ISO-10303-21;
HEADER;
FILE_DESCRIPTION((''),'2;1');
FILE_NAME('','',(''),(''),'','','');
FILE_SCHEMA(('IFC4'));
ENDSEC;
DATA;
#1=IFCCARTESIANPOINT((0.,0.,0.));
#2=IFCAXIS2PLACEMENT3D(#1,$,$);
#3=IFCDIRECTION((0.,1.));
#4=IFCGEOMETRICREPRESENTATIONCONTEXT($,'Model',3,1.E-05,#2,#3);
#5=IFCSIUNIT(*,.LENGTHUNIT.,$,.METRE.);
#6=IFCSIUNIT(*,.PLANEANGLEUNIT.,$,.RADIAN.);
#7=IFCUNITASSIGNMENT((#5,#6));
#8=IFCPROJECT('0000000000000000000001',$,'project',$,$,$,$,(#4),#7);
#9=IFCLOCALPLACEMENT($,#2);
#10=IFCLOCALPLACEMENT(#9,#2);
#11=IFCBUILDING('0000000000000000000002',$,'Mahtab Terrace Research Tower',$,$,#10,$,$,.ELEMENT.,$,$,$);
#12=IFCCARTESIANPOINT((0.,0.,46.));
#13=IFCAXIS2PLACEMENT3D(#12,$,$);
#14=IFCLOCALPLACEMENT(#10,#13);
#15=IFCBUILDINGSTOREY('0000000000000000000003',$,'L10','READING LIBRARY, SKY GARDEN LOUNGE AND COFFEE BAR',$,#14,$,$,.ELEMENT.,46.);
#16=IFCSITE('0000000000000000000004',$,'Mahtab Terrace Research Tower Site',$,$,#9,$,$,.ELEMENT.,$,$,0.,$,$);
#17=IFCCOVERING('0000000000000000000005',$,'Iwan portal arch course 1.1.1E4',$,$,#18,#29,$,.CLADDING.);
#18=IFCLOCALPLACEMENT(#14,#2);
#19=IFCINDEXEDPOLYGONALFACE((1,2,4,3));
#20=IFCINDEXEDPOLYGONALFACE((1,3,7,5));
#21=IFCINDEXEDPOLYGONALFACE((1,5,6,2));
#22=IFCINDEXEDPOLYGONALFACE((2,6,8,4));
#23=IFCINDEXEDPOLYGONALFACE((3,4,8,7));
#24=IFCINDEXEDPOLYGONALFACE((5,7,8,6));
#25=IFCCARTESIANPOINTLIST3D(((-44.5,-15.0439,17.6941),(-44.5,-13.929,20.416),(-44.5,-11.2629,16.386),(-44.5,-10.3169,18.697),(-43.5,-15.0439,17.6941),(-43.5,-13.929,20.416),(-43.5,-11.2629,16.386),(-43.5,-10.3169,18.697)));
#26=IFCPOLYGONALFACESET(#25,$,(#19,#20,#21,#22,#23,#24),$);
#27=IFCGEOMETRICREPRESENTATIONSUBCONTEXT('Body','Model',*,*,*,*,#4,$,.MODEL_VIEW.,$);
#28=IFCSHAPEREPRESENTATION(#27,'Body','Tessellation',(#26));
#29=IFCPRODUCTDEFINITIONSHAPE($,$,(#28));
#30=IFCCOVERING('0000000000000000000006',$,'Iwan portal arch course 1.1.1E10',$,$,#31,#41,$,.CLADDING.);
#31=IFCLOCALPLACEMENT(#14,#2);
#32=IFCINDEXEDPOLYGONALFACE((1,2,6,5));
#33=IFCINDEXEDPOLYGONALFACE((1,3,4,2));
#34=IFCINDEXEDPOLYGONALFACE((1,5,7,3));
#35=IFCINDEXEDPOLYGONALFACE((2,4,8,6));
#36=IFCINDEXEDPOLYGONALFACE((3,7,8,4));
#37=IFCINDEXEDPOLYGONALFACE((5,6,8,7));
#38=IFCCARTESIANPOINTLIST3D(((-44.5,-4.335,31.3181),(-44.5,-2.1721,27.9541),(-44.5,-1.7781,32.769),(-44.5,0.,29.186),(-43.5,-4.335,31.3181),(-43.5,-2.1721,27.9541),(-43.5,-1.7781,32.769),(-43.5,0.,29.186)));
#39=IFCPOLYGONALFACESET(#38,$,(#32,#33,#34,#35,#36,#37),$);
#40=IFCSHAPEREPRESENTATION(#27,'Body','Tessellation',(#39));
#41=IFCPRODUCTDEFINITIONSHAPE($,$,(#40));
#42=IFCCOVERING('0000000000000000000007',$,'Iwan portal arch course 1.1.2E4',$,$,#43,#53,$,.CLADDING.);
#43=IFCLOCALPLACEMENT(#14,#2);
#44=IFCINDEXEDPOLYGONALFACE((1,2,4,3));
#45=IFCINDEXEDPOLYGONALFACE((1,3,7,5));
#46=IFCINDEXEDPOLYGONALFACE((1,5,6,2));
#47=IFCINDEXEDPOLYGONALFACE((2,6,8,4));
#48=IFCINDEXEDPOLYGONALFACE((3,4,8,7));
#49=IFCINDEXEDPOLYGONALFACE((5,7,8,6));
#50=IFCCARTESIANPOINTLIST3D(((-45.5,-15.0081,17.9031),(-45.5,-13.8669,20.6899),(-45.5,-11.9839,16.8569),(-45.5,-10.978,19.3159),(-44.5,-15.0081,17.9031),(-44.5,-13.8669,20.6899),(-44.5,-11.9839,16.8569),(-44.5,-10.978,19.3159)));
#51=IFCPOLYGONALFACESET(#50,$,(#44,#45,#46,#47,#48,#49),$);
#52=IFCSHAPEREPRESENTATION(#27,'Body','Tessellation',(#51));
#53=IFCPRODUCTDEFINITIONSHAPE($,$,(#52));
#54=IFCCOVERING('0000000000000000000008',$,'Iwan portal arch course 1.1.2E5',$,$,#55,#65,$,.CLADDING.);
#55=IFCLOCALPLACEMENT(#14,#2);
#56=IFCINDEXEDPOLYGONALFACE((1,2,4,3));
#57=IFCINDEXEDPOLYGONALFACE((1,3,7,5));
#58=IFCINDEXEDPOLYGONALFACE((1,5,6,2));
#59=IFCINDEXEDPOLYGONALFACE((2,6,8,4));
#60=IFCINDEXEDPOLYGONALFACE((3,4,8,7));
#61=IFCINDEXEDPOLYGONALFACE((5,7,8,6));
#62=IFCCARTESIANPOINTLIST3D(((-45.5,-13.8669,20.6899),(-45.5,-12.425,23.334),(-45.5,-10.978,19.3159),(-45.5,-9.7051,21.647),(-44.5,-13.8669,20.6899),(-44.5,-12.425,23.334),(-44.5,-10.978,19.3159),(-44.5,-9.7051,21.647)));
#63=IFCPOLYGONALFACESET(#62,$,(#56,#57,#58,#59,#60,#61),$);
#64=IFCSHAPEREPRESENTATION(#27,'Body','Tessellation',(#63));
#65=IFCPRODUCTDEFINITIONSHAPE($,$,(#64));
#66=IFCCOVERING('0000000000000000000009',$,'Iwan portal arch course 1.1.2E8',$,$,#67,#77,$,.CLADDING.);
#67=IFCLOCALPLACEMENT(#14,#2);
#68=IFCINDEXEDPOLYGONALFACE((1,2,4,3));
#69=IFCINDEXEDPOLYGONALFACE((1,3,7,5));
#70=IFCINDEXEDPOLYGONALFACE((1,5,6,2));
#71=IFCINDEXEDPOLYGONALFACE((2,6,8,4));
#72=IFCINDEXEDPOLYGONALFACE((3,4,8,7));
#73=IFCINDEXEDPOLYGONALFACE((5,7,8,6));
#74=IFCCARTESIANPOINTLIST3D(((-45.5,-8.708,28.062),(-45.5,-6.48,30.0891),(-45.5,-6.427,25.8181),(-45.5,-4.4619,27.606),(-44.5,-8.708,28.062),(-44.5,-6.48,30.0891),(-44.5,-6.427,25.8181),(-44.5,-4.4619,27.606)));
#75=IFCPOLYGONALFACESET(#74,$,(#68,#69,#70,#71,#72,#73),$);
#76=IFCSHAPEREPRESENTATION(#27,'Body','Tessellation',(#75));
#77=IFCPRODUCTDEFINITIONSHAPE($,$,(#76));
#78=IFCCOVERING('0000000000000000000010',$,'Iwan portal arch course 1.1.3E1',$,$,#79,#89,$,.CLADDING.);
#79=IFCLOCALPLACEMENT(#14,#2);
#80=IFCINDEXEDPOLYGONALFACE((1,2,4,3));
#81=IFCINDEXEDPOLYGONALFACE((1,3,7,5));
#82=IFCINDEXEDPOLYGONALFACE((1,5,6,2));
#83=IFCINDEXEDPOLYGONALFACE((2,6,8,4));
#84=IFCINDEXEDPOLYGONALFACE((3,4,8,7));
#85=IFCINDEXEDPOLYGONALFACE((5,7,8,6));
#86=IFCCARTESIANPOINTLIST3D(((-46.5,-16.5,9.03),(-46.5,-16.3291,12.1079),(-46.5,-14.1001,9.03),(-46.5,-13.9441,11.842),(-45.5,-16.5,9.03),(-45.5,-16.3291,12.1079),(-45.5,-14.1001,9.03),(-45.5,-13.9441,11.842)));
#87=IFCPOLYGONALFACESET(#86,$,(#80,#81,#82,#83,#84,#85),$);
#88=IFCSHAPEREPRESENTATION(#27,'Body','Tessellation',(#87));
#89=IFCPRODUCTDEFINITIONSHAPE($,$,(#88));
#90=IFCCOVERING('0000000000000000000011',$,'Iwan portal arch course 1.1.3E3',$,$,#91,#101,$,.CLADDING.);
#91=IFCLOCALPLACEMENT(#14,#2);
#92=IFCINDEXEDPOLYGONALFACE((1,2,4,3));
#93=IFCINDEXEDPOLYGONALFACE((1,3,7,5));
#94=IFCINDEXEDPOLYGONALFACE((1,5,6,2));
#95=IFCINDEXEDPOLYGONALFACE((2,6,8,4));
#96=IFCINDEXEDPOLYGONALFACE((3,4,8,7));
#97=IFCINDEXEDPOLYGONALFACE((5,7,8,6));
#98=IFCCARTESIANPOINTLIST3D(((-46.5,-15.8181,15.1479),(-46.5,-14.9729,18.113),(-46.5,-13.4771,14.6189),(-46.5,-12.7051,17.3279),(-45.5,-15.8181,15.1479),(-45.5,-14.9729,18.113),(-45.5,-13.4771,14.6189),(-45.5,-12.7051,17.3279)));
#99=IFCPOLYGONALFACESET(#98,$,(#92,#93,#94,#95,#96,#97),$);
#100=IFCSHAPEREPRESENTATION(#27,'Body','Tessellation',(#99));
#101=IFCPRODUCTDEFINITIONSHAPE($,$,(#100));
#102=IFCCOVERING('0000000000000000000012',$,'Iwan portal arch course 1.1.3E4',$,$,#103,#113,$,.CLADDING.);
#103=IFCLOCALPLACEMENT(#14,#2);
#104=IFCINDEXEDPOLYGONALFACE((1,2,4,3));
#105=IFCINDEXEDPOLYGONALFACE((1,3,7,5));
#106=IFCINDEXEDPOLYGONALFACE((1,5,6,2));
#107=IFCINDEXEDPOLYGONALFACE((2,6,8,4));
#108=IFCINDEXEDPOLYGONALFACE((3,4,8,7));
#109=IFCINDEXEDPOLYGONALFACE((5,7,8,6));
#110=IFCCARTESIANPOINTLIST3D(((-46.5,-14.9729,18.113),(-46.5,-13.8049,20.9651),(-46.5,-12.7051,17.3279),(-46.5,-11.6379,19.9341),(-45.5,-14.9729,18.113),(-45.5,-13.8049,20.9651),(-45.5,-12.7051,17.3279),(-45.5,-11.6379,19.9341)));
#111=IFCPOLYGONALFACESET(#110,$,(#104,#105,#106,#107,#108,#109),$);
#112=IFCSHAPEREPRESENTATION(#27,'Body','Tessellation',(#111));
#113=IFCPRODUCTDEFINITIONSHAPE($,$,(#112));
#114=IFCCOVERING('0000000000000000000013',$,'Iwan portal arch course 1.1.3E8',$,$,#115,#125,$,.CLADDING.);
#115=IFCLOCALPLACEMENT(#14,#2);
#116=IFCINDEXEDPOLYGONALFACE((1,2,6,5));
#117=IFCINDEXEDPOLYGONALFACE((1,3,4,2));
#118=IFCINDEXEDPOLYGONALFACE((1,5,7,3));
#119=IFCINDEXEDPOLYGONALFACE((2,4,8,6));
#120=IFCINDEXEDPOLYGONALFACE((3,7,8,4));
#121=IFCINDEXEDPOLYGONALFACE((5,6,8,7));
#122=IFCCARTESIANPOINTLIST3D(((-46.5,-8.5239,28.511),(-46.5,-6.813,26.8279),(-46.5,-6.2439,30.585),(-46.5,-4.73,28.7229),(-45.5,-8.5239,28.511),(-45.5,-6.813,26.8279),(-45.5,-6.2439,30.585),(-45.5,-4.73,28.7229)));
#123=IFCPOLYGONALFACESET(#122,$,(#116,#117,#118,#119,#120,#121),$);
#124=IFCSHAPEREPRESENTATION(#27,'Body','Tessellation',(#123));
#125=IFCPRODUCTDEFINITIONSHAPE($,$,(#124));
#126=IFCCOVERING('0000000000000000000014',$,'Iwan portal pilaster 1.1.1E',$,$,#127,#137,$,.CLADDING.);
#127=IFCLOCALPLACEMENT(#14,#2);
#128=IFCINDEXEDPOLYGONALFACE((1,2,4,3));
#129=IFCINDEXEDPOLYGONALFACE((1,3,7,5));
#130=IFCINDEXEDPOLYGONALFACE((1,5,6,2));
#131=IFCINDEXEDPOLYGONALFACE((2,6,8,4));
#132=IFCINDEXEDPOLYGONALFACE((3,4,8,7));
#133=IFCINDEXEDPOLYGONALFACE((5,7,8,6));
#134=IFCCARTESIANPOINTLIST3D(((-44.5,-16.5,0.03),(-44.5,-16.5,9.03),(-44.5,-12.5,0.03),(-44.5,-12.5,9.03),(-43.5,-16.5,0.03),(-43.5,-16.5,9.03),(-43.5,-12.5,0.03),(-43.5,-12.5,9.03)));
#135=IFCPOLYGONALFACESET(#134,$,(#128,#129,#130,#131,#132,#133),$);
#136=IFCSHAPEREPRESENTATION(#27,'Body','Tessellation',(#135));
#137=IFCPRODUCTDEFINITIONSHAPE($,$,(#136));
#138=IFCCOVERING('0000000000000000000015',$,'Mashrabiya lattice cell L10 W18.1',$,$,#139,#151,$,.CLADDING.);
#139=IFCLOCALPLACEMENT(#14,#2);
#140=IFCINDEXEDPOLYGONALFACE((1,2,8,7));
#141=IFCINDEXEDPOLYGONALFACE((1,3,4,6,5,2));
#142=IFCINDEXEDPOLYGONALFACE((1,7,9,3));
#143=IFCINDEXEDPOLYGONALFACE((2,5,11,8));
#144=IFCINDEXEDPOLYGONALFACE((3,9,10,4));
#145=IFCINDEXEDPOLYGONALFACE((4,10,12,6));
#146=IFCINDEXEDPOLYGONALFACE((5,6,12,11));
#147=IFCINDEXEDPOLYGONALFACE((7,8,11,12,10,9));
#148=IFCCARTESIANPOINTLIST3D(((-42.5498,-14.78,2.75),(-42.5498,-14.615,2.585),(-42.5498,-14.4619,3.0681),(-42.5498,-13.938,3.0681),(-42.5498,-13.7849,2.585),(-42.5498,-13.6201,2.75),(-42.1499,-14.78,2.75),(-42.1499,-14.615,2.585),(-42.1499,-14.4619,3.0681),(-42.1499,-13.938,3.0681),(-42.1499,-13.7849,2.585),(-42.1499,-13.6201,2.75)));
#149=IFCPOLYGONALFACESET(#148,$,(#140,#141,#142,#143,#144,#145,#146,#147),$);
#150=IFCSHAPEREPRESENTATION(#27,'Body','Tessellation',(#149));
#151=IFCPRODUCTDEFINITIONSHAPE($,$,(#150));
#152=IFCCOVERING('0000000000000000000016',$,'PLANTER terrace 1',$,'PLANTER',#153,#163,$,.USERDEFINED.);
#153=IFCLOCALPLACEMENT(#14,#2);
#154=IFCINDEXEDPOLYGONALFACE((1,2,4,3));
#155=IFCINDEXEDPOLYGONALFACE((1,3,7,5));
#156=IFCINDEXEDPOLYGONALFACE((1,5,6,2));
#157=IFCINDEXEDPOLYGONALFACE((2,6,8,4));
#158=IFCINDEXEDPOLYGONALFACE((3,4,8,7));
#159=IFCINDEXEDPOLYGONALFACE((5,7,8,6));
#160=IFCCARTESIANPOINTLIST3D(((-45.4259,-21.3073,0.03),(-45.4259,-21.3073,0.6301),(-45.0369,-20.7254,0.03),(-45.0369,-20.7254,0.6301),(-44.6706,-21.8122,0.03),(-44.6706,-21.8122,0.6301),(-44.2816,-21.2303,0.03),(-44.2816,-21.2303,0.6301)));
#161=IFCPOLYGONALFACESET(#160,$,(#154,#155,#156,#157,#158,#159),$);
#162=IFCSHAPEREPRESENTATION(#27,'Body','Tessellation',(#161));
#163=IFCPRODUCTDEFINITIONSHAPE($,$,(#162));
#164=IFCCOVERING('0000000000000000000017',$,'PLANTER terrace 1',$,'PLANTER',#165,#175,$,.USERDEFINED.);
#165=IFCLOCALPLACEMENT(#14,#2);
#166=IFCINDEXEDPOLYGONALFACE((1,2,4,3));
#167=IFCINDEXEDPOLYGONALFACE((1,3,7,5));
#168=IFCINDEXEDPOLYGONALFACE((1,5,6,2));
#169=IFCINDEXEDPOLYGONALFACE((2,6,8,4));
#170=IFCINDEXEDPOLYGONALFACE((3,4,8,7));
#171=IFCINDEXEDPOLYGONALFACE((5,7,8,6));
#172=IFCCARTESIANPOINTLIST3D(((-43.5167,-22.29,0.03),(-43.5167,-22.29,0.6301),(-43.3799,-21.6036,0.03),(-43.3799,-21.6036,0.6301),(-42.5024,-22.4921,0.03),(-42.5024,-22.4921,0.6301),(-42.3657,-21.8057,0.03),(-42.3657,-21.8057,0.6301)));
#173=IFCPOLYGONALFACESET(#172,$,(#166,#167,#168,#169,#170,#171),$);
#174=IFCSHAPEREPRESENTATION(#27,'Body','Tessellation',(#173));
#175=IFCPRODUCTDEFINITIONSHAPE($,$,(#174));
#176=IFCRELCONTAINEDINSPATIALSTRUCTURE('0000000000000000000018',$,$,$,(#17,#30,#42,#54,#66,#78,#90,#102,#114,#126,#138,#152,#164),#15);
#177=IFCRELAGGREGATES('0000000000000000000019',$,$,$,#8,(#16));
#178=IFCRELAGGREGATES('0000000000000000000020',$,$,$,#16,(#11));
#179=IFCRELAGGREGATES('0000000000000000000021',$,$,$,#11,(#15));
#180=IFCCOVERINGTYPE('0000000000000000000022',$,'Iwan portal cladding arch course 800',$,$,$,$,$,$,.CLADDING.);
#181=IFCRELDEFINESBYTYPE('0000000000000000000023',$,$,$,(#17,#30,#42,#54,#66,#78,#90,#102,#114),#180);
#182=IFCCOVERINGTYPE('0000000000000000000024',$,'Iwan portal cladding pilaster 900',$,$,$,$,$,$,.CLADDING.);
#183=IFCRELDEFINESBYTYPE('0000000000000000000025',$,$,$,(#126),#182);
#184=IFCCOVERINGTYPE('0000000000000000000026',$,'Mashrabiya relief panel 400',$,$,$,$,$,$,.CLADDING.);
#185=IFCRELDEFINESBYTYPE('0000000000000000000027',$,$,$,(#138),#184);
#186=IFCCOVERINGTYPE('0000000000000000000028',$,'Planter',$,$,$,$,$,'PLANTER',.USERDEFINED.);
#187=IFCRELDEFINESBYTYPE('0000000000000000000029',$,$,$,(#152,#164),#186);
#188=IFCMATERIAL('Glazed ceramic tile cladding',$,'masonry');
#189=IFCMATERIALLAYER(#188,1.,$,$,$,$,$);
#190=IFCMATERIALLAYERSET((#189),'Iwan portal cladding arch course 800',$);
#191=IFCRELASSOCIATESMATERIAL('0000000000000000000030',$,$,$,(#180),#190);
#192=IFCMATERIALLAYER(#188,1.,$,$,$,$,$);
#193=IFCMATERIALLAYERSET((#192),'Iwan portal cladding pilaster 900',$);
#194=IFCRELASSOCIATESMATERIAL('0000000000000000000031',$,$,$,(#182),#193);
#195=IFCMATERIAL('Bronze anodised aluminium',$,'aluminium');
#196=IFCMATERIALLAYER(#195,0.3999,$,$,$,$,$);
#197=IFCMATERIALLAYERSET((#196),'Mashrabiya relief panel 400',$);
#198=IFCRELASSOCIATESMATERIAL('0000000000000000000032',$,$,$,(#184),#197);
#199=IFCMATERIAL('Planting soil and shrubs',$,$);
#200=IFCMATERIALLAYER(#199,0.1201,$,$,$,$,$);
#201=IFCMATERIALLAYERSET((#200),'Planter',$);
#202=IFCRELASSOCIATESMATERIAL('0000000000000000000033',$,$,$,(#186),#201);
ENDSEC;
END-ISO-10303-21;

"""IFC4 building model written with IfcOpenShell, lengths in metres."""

from ifc_helpers import new_model, si_unit, direction, frame, origin, origin_2d, place, context, subcontext, project, spatial, polyline, rectangle, outline, extrude, material, layer, layer_set, type_object, element, save


model = new_model("IFC4")

# Units and contexts
model_context = context("Model", 3, precision=1e-05, world=origin(), true_north=direction((0.0, 1.0)))
body_context = subcontext(model_context, "Body", "Model", "MODEL_VIEW")
ifc_project = project(units=[si_unit("LENGTHUNIT", "METRE"), si_unit("PLANEANGLEUNIT", "RADIAN")], contexts=[model_context])

# Site, building, storey
site_placement = place(None, origin())
site = spatial("IfcSite", under=ifc_project, at=site_placement, Name="Mahtab Terrace Research Tower Site", CompositionType="ELEMENT", RefElevation=0.0)
building_placement = place(site_placement, origin())
building = spatial("IfcBuilding", under=site, at=building_placement, Name="Mahtab Terrace Research Tower", CompositionType="ELEMENT")
storey_placement = place(building_placement, frame((0.0, 0.0, 46.0)))
storey = spatial("IfcBuildingStorey", under=building, at=storey_placement, Name="L10", Description="READING LIBRARY, SKY GARDEN LOUNGE AND COFFEE BAR", CompositionType="ELEMENT", Elevation=46.0)

# Coverings
ifc_material_1 = material(Name="Glazed ceramic tile cladding", Category="masonry")
ifc_layer_1 = layer(ifc_material_1, 1.0)
ifc_layer_set_1 = layer_set([ifc_layer_1], Name="Iwan portal cladding arch course 800")
covering_type_1 = type_object("IfcCoveringType", Name="Iwan portal cladding arch course 800", PredefinedType="CLADDING", material=ifc_layer_set_1)
covering_1_placement = place(storey_placement, frame((-43.5, -11.2629, 16.386), z_axis=(1.0, 0.0, 0.0), x_axis=(0.0, 0.378846, 0.92546)))
element("IfcCovering", 1, at=covering_1_placement, inside=storey, type_object=covering_type_1, Name="Iwan portal arch course 1.1.1E4", PredefinedType="CLADDING", context=body_context, shape_type="SweptSolid", body=[
    extrude(outline(polyline([(0.0, 0.0), (2.4972, 0.0), (2.7196, 3.9941), (-0.2218, 3.9947), (0.0, 0.0)])), origin(), (0.0, 0.0, -1.0), 1.0),
])
covering_2_placement = place(storey_placement, frame((-43.5, -2.1721, 27.9541), z_axis=(1.0, 0.0, 0.0), x_axis=(0.0, 0.869839, 0.493336)))
element("IfcCovering", 2, at=covering_2_placement, inside=storey, type_object=covering_type_1, Name="Iwan portal arch course 1.1.1E10", PredefinedType="CLADDING", context=body_context, shape_type="SweptSolid", body=[
    extrude(outline(polyline([(0.0, 0.0), (2.4972, 0.0), (2.7181, 3.9938), (-0.2217, 3.9932), (0.0, 0.0)])), origin(), (0.0, 0.0, -1.0), 1.0),
])
covering_3_placement = place(storey_placement, frame((-44.5, -11.9839, 16.8569), z_axis=(1.0, 0.0, 0.0), x_axis=(0.0, 0.378604, 0.925559)))
element("IfcCovering", 3, at=covering_3_placement, inside=storey, type_object=covering_type_1, Name="Iwan portal arch course 1.1.2E4", PredefinedType="CLADDING", context=body_context, shape_type="SweptSolid", body=[
    extrude(outline(polyline([(0.0, 0.0), (2.6568, 0.0), (2.8347, 3.1941), (-0.1767, 3.1951), (0.0, 0.0)])), origin(), (0.0, 0.0, -1.0), 1.0),
])
covering_4_placement = place(storey_placement, frame((-44.5, -10.978, 19.3159), z_axis=(1.0, 0.0, 0.0), x_axis=(0.0, 0.479277, 0.877664)))
element("IfcCovering", 4, at=covering_4_placement, inside=storey, type_object=covering_type_1, Name="Iwan portal arch course 1.1.2E5", PredefinedType="CLADDING", context=body_context, shape_type="SweptSolid", body=[
    extrude(outline(polyline([(0.0, 0.0), (2.656, 0.0), (2.833, 3.1958), (-0.1787, 3.194), (0.0, 0.0)])), origin(), (0.0, 0.0, -1.0), 1.0),
])
covering_5_placement = place(storey_placement, frame((-44.5, -6.427, 25.8181), z_axis=(1.0, 0.0, 0.0), x_axis=(0.0, 0.739678, 0.672961)))
element("IfcCovering", 5, at=covering_5_placement, inside=storey, type_object=covering_type_1, Name="Iwan portal arch course 1.1.2E8", PredefinedType="CLADDING", context=body_context, shape_type="SweptSolid", body=[
    extrude(outline(polyline([(0.0, 0.0), (2.6567, 0.0), (2.835, 3.1948), (-0.1772, 3.1948), (0.0, 0.0)])), origin(), (0.0, 0.0, -1.0), 1.0),
])
covering_6_placement = place(storey_placement, frame((-45.5, -14.1001, 9.03), z_axis=(1.0, 0.0, 0.0), x_axis=(0.0, 0.055393, 0.998465)))
element("IfcCovering", 6, at=covering_6_placement, inside=storey, type_object=covering_type_1, Name="Iwan portal arch course 1.1.3E1", PredefinedType="CLADDING", context=body_context, shape_type="SweptSolid", body=[
    extrude(outline(polyline([(0.0, 0.0), (2.8163, 0.0), (2.9497, 2.3961), (-0.1329, 2.3962), (0.0, 0.0)])), origin(), (0.0, 0.0, -1.0), 1.0),
])
covering_7_placement = place(storey_placement, frame((-45.5, -13.4771, 14.6189), z_axis=(1.0, 0.0, 0.0), x_axis=(0.0, 0.274057, 0.961713)))
element("IfcCovering", 7, at=covering_7_placement, inside=storey, type_object=covering_type_1, Name="Iwan portal arch course 1.1.3E3", PredefinedType="CLADDING", context=body_context, shape_type="SweptSolid", body=[
    extrude(outline(polyline([(0.0, 0.0), (2.8168, 0.0), (2.9504, 2.3962), (-0.1328, 2.3964), (0.0, 0.0)])), origin(), (0.0, 0.0, -1.0), 1.0),
])
covering_8_placement = place(storey_placement, frame((-45.5, -12.7051, 17.3279), z_axis=(1.0, 0.0, 0.0), x_axis=(0.0, 0.378927, 0.925427)))
element("IfcCovering", 8, at=covering_8_placement, inside=storey, type_object=covering_type_1, Name="Iwan portal arch course 1.1.3E4", PredefinedType="CLADDING", context=body_context, shape_type="SweptSolid", body=[
    extrude(outline(polyline([(0.0, 0.0), (2.8162, 0.0), (2.9492, 2.3961), (-0.1327, 2.3962), (0.0, 0.0)])), origin(), (0.0, 0.0, -1.0), 1.0),
])
covering_9_placement = place(storey_placement, frame((-45.5, -6.813, 26.8279), z_axis=(1.0, 0.0, 0.0), x_axis=(0.0, 0.739697, 0.67294)))
element("IfcCovering", 9, at=covering_9_placement, inside=storey, type_object=covering_type_1, Name="Iwan portal arch course 1.1.3E8", PredefinedType="CLADDING", context=body_context, shape_type="SweptSolid", body=[
    extrude(outline(polyline([(0.0, 0.0), (2.816, 0.0), (2.9492, 2.3961), (-0.1329, 2.3963), (0.0, 0.0)])), origin(), (0.0, 0.0, -1.0), 1.0),
])
ifc_layer_2 = layer(ifc_material_1, 1.0)
ifc_layer_set_2 = layer_set([ifc_layer_2], Name="Iwan portal cladding pilaster 900")
covering_type_2 = type_object("IfcCoveringType", Name="Iwan portal cladding pilaster 900", PredefinedType="CLADDING", material=ifc_layer_set_2)
covering_10_placement = place(storey_placement, frame((-44.0, -14.5, 0.03), z_axis=(0.0, 0.0, 1.0), x_axis=(0.0, -1.0, 0.0)))
element("IfcCovering", 10, at=covering_10_placement, inside=storey, type_object=covering_type_2, Name="Iwan portal pilaster 1.1.1E", PredefinedType="CLADDING", context=body_context, shape_type="SweptSolid", body=[
    extrude(rectangle(XDim=4.0, YDim=1.0, at=origin_2d()), origin(), (0.0, 0.0, 1.0), 9.0),
])
ifc_material_2 = material(Name="Bronze anodised aluminium", Category="aluminium")
ifc_layer_3 = layer(ifc_material_2, 0.3999)
ifc_layer_set_3 = layer_set([ifc_layer_3], Name="Mashrabiya relief panel 400")
covering_type_3 = type_object("IfcCoveringType", Name="Mashrabiya relief panel 400", PredefinedType="CLADDING", material=ifc_layer_set_3)
covering_11_placement = place(storey_placement, frame((-42.1499, -13.6201, 2.75), z_axis=(1.0, 0.0, 0.0), x_axis=(0.0, -0.706835, 0.707378)))
element("IfcCovering", 11, at=covering_11_placement, inside=storey, type_object=covering_type_3, Name="Mashrabiya lattice cell L10 W18.1", PredefinedType="CLADDING", context=body_context, shape_type="SweptSolid", body=[
    extrude(outline(polyline([(0.0, 0.0), (0.4497, 0.0), (0.82, 0.3706), (0.8199, 0.8205), (0.5865, 0.8204), (-0.0003, 0.2332), (0.0, 0.0)])), origin(), (0.0, 0.0, -1.0), 0.3999),
])
ifc_material_3 = material(Name="Planting soil and shrubs")
ifc_layer_4 = layer(ifc_material_3, 0.1201)
ifc_layer_set_4 = layer_set([ifc_layer_4], Name="Planter")
covering_type_4 = type_object("IfcCoveringType", Name="Planter", ElementType="PLANTER", PredefinedType="USERDEFINED", material=ifc_layer_set_4)
covering_12_placement = place(storey_placement, frame((-44.8538, -21.2688, 0.03), z_axis=(0.0, 0.0, 1.0), x_axis=(0.831344, -0.555757, 0.0)))
element("IfcCovering", 12, at=covering_12_placement, inside=storey, type_object=covering_type_4, Name="PLANTER terrace 1", ObjectType="PLANTER", PredefinedType="USERDEFINED", context=body_context, shape_type="SweptSolid", body=[
    extrude(rectangle(XDim=0.9084, YDim=0.7, at=origin_2d()), origin(), (0.0, 0.0, 1.0), 0.6001),
])
covering_13_placement = place(storey_placement, frame((-42.9412, -22.0479, 0.03), z_axis=(0.0, 0.0, 1.0), x_axis=(0.980725, -0.195395, 0.0)))
element("IfcCovering", 13, at=covering_13_placement, inside=storey, type_object=covering_type_4, Name="PLANTER terrace 1", ObjectType="PLANTER", PredefinedType="USERDEFINED", context=body_context, shape_type="SweptSolid", body=[
    extrude(rectangle(XDim=1.0342, YDim=0.7, at=origin_2d()), origin(), (0.0, 0.0, 1.0), 0.6001),
])

save(model, "model.ifc")
